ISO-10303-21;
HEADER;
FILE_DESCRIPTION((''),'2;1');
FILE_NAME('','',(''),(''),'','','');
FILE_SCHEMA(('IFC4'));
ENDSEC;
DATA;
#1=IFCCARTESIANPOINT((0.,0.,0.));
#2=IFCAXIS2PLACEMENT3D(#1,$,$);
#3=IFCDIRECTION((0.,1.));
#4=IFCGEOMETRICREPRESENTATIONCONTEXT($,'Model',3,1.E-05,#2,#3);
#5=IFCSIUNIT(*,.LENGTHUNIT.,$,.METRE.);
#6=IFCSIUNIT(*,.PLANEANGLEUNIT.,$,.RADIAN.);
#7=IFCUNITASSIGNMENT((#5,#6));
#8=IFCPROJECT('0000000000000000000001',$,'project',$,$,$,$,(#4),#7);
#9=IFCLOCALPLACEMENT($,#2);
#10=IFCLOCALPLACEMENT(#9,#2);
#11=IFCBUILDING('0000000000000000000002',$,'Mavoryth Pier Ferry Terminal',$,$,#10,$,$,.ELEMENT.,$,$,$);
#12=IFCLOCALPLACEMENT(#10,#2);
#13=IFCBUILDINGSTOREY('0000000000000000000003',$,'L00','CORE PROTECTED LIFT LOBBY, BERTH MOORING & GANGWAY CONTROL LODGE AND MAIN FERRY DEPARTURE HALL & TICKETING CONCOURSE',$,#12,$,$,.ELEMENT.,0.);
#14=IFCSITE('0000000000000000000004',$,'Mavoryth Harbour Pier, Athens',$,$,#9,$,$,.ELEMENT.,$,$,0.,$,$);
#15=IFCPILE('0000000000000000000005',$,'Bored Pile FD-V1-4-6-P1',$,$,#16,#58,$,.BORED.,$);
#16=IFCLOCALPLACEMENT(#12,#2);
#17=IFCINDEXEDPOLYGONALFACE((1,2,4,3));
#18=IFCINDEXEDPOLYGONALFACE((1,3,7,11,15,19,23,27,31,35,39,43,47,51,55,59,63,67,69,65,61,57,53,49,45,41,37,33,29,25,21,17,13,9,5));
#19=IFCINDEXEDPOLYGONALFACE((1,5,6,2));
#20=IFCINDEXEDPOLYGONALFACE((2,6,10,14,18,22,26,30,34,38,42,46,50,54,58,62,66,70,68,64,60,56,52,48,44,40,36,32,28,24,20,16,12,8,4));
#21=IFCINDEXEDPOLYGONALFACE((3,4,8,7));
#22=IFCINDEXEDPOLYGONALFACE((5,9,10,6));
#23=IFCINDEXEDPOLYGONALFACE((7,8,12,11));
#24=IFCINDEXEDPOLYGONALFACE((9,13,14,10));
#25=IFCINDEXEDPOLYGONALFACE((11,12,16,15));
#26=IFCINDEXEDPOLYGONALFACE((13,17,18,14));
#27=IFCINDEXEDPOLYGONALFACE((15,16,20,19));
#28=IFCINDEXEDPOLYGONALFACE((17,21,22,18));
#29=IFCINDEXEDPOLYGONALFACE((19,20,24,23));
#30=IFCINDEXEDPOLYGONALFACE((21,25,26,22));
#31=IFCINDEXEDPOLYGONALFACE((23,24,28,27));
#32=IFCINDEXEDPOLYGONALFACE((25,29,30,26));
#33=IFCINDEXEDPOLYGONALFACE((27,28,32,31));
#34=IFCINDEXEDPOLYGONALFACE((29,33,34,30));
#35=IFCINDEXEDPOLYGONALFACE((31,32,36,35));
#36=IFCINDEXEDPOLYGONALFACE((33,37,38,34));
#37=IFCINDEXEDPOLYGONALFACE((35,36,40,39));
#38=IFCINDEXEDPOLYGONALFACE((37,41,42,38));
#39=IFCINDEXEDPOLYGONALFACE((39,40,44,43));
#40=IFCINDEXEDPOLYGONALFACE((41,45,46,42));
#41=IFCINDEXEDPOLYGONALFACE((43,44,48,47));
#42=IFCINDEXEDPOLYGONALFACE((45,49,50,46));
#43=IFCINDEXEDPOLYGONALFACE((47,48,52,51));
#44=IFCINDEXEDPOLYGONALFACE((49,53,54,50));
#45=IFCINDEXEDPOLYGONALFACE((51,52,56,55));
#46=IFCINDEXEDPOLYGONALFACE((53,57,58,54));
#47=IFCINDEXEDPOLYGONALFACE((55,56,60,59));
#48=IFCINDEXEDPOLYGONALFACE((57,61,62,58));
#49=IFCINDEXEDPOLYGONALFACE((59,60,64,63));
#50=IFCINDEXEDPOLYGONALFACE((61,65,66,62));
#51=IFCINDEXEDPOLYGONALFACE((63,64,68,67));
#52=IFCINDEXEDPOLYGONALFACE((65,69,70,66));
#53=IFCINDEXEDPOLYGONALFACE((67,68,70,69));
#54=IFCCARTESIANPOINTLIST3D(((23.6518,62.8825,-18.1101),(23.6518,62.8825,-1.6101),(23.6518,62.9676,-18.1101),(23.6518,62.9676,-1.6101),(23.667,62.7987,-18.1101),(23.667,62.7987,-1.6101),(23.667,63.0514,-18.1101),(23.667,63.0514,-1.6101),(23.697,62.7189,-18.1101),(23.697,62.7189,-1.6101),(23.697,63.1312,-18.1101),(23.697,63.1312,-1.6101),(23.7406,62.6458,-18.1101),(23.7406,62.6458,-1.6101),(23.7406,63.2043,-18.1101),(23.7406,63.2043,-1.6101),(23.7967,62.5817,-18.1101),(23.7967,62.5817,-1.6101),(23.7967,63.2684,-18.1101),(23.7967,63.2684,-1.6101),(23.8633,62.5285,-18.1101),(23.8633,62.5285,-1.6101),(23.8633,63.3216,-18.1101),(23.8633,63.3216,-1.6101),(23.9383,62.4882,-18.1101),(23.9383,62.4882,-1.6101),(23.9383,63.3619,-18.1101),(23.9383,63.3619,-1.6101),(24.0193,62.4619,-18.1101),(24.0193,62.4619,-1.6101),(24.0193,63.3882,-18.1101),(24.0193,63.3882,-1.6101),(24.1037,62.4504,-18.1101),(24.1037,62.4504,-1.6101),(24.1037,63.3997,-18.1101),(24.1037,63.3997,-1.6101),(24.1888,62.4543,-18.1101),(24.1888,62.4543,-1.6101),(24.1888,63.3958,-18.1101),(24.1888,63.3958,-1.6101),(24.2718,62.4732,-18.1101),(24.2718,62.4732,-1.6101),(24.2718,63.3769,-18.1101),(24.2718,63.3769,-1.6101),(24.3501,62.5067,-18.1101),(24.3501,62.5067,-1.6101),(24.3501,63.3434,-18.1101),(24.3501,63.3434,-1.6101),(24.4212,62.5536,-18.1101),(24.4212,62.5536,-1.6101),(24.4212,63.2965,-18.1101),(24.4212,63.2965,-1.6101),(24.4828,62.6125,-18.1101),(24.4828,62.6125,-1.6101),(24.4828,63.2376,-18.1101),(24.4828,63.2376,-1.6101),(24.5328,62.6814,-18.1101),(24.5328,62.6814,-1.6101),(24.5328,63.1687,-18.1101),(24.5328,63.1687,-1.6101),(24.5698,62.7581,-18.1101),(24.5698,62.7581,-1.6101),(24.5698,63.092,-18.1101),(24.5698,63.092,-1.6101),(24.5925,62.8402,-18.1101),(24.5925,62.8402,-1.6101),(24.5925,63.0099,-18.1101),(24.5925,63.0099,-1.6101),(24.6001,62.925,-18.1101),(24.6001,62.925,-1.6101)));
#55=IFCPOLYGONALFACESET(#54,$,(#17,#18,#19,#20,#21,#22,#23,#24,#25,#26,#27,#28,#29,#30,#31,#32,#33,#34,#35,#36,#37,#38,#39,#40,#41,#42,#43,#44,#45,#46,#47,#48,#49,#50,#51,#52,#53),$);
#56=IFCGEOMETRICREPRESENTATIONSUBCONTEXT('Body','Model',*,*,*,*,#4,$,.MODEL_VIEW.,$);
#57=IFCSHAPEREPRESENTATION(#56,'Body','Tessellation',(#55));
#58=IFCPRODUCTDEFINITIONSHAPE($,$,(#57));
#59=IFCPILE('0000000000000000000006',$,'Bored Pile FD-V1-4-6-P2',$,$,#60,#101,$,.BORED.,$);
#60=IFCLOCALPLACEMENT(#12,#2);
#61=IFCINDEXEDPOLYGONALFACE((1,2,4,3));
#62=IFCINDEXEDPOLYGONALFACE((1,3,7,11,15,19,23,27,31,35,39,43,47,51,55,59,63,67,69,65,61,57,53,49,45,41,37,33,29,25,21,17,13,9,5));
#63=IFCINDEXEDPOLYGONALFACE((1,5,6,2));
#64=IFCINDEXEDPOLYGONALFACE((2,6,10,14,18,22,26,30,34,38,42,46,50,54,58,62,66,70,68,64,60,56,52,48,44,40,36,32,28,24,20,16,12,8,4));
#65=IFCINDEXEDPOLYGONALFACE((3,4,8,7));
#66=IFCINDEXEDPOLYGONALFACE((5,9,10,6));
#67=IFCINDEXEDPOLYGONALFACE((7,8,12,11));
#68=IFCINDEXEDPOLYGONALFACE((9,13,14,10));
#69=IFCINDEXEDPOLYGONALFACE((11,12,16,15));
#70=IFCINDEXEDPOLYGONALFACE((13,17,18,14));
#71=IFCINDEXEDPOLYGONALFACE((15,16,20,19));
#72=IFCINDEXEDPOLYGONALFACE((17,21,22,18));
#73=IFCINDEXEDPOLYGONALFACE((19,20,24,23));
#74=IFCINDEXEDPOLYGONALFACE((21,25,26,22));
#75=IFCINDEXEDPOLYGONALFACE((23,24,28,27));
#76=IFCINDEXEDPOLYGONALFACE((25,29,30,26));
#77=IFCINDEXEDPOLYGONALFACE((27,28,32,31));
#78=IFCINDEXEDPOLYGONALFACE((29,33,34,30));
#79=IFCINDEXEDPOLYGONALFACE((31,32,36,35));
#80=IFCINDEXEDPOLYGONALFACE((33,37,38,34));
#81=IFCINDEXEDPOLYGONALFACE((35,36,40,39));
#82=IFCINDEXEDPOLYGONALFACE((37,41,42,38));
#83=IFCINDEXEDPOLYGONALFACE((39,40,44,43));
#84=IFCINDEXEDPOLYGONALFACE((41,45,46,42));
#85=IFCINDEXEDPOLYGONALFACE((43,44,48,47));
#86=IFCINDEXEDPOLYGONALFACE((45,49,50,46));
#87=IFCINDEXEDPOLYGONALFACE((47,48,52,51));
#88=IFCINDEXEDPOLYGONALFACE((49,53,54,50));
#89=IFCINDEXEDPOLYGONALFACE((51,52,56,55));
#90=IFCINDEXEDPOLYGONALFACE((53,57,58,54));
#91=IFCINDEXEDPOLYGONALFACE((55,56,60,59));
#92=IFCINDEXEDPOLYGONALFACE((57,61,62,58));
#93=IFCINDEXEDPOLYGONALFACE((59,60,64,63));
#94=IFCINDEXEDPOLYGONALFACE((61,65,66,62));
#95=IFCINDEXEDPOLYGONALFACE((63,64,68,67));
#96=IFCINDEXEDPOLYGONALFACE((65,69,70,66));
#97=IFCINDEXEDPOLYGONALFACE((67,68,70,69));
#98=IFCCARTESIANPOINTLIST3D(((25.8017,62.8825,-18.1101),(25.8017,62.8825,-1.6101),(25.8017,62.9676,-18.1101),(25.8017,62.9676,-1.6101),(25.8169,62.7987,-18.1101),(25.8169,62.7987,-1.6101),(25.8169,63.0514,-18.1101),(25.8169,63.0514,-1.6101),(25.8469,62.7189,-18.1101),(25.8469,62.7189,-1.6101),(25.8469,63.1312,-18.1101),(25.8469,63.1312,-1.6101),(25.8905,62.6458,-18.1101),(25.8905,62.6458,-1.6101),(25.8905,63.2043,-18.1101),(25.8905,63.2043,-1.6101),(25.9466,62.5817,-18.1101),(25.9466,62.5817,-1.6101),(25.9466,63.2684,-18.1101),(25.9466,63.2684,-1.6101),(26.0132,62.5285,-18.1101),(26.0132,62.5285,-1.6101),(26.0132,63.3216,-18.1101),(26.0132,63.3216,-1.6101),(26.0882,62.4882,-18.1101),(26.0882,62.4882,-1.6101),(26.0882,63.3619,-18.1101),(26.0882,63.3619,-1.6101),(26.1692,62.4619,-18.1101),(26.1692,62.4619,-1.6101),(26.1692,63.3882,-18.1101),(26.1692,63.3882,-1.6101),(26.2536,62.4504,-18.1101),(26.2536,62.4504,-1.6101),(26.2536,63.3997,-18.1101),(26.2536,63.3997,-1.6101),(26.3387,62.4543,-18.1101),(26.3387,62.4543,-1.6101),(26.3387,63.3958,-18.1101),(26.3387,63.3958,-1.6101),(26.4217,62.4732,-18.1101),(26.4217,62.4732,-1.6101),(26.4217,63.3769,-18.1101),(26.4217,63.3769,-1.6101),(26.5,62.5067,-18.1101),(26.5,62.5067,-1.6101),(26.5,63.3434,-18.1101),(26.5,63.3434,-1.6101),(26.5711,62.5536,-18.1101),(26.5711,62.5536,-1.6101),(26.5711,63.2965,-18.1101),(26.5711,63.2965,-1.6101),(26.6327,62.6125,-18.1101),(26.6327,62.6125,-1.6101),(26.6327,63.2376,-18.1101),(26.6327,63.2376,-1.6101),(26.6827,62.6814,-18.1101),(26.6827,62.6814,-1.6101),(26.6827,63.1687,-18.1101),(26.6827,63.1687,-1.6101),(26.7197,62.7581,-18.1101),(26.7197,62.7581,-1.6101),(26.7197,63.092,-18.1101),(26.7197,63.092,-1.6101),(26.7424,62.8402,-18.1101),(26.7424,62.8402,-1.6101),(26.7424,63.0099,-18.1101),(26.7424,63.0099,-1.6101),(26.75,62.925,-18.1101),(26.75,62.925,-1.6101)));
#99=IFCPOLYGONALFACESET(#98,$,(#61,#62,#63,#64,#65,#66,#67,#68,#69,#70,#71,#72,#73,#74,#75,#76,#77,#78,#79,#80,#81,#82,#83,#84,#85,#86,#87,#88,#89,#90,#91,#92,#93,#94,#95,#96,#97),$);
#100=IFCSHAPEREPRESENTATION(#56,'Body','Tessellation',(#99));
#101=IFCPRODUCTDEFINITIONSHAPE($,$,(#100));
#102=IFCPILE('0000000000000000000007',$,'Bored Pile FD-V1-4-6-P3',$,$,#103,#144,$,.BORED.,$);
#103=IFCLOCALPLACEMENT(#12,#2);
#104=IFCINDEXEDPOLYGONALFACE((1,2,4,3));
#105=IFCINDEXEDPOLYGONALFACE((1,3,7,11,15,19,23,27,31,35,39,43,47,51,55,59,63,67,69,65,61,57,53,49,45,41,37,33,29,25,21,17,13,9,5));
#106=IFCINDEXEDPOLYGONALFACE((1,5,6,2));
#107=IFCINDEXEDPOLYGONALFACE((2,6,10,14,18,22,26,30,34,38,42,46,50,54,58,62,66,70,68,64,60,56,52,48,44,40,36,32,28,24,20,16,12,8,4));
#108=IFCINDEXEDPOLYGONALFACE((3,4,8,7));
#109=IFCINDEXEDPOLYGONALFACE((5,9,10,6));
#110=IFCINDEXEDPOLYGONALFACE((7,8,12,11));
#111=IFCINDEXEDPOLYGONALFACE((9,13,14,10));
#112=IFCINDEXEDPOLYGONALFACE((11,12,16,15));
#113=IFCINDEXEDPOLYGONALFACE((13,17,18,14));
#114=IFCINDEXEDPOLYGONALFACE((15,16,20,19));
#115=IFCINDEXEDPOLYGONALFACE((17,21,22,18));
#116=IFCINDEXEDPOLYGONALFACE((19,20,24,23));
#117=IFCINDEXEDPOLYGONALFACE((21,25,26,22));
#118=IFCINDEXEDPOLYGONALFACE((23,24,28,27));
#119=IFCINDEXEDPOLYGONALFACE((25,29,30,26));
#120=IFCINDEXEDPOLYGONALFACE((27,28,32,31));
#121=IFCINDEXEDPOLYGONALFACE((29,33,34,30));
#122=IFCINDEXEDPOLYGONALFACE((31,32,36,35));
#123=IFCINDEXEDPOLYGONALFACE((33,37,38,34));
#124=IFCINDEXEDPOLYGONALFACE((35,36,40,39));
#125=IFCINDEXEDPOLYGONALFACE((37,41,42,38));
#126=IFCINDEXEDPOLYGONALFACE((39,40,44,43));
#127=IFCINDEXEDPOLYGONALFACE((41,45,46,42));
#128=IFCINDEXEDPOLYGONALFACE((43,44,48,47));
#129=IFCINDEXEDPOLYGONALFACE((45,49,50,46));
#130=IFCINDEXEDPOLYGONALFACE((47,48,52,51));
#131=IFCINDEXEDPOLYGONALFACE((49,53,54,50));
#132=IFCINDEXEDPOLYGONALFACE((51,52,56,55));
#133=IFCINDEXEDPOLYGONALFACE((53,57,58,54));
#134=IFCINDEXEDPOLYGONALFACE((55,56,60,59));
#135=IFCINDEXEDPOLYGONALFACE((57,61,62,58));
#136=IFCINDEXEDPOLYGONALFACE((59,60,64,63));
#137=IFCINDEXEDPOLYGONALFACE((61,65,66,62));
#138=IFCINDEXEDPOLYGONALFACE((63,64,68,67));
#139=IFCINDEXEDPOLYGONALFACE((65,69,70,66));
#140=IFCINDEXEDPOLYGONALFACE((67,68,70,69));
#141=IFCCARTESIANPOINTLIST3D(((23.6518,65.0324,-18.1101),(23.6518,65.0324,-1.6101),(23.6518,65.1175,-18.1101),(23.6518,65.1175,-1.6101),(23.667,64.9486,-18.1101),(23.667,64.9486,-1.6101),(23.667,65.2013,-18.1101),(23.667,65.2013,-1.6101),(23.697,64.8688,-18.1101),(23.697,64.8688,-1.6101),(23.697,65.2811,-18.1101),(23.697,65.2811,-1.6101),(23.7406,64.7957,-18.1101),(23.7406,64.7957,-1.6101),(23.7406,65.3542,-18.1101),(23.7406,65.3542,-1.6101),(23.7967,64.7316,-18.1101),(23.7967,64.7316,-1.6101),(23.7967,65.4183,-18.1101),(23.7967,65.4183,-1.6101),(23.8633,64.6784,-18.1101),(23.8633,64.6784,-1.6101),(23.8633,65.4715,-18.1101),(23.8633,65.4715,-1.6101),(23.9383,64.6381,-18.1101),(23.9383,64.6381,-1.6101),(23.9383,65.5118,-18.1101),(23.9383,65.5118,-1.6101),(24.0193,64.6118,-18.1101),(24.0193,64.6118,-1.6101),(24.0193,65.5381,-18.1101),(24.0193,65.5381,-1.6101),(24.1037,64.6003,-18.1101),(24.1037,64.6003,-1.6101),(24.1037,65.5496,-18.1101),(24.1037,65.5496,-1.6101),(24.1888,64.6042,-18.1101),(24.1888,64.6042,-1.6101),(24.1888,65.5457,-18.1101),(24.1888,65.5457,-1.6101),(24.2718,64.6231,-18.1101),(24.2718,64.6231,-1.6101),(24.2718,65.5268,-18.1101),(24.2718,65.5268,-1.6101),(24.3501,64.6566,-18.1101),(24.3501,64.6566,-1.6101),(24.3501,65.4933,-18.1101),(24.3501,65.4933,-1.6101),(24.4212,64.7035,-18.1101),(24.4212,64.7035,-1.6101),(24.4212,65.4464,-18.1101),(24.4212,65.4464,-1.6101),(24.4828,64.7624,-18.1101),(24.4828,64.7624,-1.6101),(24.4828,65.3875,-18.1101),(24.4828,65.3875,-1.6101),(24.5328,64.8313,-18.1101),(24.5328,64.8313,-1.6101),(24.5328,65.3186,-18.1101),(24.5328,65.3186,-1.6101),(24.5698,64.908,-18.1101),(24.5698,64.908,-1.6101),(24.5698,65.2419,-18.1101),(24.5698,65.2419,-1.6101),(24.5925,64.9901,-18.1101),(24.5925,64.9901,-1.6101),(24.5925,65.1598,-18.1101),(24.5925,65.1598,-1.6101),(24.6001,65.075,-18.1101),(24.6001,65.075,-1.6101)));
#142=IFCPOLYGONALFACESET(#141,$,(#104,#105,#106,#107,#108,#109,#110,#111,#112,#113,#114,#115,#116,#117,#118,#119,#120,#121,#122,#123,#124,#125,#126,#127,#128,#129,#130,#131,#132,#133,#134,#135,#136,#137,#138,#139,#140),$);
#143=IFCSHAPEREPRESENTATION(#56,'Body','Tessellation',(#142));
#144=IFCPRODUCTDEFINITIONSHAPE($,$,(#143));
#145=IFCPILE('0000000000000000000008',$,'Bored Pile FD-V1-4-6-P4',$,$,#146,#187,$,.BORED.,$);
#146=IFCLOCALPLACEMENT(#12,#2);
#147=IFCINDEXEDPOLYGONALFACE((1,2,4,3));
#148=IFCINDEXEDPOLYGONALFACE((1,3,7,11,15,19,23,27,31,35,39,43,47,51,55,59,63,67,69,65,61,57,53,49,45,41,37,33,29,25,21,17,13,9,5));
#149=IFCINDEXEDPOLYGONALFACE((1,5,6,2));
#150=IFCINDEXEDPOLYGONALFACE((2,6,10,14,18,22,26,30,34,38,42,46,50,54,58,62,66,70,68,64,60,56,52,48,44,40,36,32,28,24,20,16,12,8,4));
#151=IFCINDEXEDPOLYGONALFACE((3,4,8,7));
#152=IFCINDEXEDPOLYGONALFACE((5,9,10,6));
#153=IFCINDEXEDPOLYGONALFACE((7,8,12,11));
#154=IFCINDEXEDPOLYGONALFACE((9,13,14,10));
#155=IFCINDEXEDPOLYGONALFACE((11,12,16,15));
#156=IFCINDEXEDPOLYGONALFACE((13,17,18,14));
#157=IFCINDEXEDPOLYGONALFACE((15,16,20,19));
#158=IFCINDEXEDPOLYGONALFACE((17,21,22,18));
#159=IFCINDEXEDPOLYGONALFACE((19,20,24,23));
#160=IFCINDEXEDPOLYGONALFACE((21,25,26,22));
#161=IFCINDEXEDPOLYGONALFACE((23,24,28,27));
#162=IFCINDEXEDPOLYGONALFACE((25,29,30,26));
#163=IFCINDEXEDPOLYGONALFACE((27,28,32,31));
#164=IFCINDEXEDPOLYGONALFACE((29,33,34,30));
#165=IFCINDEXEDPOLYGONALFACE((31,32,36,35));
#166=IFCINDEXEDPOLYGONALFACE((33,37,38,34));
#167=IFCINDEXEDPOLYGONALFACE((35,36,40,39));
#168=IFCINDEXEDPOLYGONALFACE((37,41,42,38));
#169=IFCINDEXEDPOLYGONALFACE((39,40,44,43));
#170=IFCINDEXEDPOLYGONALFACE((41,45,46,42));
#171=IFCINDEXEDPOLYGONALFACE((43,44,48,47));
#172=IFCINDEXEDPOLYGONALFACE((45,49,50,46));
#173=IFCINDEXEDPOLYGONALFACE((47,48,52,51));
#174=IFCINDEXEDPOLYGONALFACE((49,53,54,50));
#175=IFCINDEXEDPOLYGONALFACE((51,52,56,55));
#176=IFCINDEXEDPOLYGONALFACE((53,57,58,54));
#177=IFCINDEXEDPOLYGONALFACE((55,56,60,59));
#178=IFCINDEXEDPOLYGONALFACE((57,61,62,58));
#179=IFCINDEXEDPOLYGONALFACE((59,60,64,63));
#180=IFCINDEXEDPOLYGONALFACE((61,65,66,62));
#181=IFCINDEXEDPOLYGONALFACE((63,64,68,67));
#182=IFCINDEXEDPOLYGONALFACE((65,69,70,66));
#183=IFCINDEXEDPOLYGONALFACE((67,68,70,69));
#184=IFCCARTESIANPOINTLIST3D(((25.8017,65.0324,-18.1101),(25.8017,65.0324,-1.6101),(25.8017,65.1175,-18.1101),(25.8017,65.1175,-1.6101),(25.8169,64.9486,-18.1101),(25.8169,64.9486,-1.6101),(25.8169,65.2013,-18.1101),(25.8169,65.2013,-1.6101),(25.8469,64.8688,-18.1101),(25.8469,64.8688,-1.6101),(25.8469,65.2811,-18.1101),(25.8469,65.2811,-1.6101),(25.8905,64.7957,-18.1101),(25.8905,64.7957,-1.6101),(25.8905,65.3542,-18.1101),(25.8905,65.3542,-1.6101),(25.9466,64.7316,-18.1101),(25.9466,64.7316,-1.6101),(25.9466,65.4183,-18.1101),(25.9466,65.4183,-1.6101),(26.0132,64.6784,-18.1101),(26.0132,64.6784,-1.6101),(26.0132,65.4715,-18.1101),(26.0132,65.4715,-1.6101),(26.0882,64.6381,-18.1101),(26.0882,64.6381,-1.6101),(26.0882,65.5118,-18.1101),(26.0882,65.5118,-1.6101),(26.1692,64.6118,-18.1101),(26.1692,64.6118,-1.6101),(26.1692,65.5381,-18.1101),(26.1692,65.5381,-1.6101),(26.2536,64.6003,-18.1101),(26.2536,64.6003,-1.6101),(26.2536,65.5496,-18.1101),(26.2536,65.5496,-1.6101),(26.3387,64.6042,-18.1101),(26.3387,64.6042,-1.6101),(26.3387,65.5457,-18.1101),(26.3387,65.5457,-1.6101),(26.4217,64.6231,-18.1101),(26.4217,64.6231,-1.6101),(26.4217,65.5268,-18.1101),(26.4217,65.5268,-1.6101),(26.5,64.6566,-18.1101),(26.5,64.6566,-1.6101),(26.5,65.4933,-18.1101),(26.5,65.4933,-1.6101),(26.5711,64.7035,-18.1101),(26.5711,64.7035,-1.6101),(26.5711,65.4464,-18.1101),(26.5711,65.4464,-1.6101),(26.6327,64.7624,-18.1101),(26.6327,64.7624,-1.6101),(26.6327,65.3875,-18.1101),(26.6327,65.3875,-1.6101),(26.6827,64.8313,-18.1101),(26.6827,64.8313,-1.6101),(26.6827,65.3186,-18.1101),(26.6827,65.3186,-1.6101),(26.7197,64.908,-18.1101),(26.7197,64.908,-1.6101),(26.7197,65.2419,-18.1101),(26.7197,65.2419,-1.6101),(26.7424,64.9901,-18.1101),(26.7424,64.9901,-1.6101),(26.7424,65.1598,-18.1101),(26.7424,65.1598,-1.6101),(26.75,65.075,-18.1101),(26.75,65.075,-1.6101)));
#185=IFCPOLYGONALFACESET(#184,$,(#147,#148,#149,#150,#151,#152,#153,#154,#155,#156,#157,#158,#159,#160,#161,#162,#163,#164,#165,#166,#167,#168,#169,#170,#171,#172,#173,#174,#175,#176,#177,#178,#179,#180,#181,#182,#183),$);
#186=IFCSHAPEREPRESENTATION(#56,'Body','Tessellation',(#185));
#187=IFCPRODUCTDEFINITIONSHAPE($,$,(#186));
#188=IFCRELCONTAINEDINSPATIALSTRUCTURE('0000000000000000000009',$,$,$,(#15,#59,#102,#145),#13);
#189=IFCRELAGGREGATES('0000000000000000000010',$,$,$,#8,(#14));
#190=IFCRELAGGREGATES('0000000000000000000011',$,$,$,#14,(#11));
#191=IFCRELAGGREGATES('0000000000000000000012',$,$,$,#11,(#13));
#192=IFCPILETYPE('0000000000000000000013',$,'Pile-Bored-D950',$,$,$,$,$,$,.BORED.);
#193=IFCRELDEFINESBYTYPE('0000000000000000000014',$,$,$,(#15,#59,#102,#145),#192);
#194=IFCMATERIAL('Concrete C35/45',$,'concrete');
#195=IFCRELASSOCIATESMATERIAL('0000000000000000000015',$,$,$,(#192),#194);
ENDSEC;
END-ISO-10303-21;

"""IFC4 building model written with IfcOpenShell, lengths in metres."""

from ifc_helpers import new_model, si_unit, direction, frame, origin, origin_2d, place, context, subcontext, project, spatial, circle, extrude, material, material_profile, profile_set, type_object, element, save


model = new_model("IFC4")

# Units and contexts
model_context = context("Model", 3, precision=1e-05, world=origin(), true_north=direction((0.0, 1.0)))
body_context = subcontext(model_context, "Body", "Model", "MODEL_VIEW")
ifc_project = project(units=[si_unit("LENGTHUNIT", "METRE"), si_unit("PLANEANGLEUNIT", "RADIAN")], contexts=[model_context])

# Site, building, storey
site_placement = place(None, origin())
site = spatial("IfcSite", under=ifc_project, at=site_placement, Name="Mavoryth Harbour Pier, Athens", CompositionType="ELEMENT", RefElevation=0.0)
building_placement = place(site_placement, origin())
building = spatial("IfcBuilding", under=site, at=building_placement, Name="Mavoryth Pier Ferry Terminal", CompositionType="ELEMENT")
storey_placement = place(building_placement, origin())
storey = spatial("IfcBuildingStorey", under=building, at=storey_placement, Name="L00", Description="CORE PROTECTED LIFT LOBBY, BERTH MOORING & GANGWAY CONTROL LODGE AND MAIN FERRY DEPARTURE HALL & TICKETING CONCOURSE", CompositionType="ELEMENT", Elevation=0.0)

# Shared definitions
ifc_material_1 = material(Name="Concrete C35/45", Category="concrete")

# Piles
ifc_material_profile_1 = material_profile(ifc_material_1, circle(Radius=0.4751, at=origin_2d()), Name="PILE D950", Category="concrete")
ifc_profile_set_1 = profile_set([ifc_material_profile_1], Name="Concrete C35/45 - PILE D950")
pile_type_1 = type_object("IfcPileType", Name="Pile-Bored-D950", PredefinedType="BORED", material=ifc_profile_set_1)
for number, where, z_axis, x_axis, name in (
    (1, (24.125, 62.925, -1.6101), (0.0, 0.0, -1.0), (1.0, 0.0, 0.0), "Bored Pile FD-V1-4-6-P1"),
    (2, (26.2749, 62.925, -1.6101), (0.0, 0.0, -1.0), (1.0, 0.0, 0.0), "Bored Pile FD-V1-4-6-P2"),
    (3, (24.125, 65.075, -1.6101), (0.0, 0.0, -1.0), (1.0, 0.0, 0.0), "Bored Pile FD-V1-4-6-P3"),
    (4, (26.2749, 65.075, -1.6101), (0.0, 0.0, -1.0), (1.0, 0.0, 0.0), "Bored Pile FD-V1-4-6-P4"),
):
    element("IfcPile", number, at=place(storey_placement, frame(where, z_axis=z_axis, x_axis=x_axis)), inside=storey, type_object=pile_type_1, Name=name, PredefinedType="BORED", context=body_context, shape_type="SweptSolid", body=[
        extrude(circle(Radius=0.4751, at=origin_2d()), origin(), (0.0, 0.0, 1.0), 16.5),
    ])

save(model, "model.ifc")
